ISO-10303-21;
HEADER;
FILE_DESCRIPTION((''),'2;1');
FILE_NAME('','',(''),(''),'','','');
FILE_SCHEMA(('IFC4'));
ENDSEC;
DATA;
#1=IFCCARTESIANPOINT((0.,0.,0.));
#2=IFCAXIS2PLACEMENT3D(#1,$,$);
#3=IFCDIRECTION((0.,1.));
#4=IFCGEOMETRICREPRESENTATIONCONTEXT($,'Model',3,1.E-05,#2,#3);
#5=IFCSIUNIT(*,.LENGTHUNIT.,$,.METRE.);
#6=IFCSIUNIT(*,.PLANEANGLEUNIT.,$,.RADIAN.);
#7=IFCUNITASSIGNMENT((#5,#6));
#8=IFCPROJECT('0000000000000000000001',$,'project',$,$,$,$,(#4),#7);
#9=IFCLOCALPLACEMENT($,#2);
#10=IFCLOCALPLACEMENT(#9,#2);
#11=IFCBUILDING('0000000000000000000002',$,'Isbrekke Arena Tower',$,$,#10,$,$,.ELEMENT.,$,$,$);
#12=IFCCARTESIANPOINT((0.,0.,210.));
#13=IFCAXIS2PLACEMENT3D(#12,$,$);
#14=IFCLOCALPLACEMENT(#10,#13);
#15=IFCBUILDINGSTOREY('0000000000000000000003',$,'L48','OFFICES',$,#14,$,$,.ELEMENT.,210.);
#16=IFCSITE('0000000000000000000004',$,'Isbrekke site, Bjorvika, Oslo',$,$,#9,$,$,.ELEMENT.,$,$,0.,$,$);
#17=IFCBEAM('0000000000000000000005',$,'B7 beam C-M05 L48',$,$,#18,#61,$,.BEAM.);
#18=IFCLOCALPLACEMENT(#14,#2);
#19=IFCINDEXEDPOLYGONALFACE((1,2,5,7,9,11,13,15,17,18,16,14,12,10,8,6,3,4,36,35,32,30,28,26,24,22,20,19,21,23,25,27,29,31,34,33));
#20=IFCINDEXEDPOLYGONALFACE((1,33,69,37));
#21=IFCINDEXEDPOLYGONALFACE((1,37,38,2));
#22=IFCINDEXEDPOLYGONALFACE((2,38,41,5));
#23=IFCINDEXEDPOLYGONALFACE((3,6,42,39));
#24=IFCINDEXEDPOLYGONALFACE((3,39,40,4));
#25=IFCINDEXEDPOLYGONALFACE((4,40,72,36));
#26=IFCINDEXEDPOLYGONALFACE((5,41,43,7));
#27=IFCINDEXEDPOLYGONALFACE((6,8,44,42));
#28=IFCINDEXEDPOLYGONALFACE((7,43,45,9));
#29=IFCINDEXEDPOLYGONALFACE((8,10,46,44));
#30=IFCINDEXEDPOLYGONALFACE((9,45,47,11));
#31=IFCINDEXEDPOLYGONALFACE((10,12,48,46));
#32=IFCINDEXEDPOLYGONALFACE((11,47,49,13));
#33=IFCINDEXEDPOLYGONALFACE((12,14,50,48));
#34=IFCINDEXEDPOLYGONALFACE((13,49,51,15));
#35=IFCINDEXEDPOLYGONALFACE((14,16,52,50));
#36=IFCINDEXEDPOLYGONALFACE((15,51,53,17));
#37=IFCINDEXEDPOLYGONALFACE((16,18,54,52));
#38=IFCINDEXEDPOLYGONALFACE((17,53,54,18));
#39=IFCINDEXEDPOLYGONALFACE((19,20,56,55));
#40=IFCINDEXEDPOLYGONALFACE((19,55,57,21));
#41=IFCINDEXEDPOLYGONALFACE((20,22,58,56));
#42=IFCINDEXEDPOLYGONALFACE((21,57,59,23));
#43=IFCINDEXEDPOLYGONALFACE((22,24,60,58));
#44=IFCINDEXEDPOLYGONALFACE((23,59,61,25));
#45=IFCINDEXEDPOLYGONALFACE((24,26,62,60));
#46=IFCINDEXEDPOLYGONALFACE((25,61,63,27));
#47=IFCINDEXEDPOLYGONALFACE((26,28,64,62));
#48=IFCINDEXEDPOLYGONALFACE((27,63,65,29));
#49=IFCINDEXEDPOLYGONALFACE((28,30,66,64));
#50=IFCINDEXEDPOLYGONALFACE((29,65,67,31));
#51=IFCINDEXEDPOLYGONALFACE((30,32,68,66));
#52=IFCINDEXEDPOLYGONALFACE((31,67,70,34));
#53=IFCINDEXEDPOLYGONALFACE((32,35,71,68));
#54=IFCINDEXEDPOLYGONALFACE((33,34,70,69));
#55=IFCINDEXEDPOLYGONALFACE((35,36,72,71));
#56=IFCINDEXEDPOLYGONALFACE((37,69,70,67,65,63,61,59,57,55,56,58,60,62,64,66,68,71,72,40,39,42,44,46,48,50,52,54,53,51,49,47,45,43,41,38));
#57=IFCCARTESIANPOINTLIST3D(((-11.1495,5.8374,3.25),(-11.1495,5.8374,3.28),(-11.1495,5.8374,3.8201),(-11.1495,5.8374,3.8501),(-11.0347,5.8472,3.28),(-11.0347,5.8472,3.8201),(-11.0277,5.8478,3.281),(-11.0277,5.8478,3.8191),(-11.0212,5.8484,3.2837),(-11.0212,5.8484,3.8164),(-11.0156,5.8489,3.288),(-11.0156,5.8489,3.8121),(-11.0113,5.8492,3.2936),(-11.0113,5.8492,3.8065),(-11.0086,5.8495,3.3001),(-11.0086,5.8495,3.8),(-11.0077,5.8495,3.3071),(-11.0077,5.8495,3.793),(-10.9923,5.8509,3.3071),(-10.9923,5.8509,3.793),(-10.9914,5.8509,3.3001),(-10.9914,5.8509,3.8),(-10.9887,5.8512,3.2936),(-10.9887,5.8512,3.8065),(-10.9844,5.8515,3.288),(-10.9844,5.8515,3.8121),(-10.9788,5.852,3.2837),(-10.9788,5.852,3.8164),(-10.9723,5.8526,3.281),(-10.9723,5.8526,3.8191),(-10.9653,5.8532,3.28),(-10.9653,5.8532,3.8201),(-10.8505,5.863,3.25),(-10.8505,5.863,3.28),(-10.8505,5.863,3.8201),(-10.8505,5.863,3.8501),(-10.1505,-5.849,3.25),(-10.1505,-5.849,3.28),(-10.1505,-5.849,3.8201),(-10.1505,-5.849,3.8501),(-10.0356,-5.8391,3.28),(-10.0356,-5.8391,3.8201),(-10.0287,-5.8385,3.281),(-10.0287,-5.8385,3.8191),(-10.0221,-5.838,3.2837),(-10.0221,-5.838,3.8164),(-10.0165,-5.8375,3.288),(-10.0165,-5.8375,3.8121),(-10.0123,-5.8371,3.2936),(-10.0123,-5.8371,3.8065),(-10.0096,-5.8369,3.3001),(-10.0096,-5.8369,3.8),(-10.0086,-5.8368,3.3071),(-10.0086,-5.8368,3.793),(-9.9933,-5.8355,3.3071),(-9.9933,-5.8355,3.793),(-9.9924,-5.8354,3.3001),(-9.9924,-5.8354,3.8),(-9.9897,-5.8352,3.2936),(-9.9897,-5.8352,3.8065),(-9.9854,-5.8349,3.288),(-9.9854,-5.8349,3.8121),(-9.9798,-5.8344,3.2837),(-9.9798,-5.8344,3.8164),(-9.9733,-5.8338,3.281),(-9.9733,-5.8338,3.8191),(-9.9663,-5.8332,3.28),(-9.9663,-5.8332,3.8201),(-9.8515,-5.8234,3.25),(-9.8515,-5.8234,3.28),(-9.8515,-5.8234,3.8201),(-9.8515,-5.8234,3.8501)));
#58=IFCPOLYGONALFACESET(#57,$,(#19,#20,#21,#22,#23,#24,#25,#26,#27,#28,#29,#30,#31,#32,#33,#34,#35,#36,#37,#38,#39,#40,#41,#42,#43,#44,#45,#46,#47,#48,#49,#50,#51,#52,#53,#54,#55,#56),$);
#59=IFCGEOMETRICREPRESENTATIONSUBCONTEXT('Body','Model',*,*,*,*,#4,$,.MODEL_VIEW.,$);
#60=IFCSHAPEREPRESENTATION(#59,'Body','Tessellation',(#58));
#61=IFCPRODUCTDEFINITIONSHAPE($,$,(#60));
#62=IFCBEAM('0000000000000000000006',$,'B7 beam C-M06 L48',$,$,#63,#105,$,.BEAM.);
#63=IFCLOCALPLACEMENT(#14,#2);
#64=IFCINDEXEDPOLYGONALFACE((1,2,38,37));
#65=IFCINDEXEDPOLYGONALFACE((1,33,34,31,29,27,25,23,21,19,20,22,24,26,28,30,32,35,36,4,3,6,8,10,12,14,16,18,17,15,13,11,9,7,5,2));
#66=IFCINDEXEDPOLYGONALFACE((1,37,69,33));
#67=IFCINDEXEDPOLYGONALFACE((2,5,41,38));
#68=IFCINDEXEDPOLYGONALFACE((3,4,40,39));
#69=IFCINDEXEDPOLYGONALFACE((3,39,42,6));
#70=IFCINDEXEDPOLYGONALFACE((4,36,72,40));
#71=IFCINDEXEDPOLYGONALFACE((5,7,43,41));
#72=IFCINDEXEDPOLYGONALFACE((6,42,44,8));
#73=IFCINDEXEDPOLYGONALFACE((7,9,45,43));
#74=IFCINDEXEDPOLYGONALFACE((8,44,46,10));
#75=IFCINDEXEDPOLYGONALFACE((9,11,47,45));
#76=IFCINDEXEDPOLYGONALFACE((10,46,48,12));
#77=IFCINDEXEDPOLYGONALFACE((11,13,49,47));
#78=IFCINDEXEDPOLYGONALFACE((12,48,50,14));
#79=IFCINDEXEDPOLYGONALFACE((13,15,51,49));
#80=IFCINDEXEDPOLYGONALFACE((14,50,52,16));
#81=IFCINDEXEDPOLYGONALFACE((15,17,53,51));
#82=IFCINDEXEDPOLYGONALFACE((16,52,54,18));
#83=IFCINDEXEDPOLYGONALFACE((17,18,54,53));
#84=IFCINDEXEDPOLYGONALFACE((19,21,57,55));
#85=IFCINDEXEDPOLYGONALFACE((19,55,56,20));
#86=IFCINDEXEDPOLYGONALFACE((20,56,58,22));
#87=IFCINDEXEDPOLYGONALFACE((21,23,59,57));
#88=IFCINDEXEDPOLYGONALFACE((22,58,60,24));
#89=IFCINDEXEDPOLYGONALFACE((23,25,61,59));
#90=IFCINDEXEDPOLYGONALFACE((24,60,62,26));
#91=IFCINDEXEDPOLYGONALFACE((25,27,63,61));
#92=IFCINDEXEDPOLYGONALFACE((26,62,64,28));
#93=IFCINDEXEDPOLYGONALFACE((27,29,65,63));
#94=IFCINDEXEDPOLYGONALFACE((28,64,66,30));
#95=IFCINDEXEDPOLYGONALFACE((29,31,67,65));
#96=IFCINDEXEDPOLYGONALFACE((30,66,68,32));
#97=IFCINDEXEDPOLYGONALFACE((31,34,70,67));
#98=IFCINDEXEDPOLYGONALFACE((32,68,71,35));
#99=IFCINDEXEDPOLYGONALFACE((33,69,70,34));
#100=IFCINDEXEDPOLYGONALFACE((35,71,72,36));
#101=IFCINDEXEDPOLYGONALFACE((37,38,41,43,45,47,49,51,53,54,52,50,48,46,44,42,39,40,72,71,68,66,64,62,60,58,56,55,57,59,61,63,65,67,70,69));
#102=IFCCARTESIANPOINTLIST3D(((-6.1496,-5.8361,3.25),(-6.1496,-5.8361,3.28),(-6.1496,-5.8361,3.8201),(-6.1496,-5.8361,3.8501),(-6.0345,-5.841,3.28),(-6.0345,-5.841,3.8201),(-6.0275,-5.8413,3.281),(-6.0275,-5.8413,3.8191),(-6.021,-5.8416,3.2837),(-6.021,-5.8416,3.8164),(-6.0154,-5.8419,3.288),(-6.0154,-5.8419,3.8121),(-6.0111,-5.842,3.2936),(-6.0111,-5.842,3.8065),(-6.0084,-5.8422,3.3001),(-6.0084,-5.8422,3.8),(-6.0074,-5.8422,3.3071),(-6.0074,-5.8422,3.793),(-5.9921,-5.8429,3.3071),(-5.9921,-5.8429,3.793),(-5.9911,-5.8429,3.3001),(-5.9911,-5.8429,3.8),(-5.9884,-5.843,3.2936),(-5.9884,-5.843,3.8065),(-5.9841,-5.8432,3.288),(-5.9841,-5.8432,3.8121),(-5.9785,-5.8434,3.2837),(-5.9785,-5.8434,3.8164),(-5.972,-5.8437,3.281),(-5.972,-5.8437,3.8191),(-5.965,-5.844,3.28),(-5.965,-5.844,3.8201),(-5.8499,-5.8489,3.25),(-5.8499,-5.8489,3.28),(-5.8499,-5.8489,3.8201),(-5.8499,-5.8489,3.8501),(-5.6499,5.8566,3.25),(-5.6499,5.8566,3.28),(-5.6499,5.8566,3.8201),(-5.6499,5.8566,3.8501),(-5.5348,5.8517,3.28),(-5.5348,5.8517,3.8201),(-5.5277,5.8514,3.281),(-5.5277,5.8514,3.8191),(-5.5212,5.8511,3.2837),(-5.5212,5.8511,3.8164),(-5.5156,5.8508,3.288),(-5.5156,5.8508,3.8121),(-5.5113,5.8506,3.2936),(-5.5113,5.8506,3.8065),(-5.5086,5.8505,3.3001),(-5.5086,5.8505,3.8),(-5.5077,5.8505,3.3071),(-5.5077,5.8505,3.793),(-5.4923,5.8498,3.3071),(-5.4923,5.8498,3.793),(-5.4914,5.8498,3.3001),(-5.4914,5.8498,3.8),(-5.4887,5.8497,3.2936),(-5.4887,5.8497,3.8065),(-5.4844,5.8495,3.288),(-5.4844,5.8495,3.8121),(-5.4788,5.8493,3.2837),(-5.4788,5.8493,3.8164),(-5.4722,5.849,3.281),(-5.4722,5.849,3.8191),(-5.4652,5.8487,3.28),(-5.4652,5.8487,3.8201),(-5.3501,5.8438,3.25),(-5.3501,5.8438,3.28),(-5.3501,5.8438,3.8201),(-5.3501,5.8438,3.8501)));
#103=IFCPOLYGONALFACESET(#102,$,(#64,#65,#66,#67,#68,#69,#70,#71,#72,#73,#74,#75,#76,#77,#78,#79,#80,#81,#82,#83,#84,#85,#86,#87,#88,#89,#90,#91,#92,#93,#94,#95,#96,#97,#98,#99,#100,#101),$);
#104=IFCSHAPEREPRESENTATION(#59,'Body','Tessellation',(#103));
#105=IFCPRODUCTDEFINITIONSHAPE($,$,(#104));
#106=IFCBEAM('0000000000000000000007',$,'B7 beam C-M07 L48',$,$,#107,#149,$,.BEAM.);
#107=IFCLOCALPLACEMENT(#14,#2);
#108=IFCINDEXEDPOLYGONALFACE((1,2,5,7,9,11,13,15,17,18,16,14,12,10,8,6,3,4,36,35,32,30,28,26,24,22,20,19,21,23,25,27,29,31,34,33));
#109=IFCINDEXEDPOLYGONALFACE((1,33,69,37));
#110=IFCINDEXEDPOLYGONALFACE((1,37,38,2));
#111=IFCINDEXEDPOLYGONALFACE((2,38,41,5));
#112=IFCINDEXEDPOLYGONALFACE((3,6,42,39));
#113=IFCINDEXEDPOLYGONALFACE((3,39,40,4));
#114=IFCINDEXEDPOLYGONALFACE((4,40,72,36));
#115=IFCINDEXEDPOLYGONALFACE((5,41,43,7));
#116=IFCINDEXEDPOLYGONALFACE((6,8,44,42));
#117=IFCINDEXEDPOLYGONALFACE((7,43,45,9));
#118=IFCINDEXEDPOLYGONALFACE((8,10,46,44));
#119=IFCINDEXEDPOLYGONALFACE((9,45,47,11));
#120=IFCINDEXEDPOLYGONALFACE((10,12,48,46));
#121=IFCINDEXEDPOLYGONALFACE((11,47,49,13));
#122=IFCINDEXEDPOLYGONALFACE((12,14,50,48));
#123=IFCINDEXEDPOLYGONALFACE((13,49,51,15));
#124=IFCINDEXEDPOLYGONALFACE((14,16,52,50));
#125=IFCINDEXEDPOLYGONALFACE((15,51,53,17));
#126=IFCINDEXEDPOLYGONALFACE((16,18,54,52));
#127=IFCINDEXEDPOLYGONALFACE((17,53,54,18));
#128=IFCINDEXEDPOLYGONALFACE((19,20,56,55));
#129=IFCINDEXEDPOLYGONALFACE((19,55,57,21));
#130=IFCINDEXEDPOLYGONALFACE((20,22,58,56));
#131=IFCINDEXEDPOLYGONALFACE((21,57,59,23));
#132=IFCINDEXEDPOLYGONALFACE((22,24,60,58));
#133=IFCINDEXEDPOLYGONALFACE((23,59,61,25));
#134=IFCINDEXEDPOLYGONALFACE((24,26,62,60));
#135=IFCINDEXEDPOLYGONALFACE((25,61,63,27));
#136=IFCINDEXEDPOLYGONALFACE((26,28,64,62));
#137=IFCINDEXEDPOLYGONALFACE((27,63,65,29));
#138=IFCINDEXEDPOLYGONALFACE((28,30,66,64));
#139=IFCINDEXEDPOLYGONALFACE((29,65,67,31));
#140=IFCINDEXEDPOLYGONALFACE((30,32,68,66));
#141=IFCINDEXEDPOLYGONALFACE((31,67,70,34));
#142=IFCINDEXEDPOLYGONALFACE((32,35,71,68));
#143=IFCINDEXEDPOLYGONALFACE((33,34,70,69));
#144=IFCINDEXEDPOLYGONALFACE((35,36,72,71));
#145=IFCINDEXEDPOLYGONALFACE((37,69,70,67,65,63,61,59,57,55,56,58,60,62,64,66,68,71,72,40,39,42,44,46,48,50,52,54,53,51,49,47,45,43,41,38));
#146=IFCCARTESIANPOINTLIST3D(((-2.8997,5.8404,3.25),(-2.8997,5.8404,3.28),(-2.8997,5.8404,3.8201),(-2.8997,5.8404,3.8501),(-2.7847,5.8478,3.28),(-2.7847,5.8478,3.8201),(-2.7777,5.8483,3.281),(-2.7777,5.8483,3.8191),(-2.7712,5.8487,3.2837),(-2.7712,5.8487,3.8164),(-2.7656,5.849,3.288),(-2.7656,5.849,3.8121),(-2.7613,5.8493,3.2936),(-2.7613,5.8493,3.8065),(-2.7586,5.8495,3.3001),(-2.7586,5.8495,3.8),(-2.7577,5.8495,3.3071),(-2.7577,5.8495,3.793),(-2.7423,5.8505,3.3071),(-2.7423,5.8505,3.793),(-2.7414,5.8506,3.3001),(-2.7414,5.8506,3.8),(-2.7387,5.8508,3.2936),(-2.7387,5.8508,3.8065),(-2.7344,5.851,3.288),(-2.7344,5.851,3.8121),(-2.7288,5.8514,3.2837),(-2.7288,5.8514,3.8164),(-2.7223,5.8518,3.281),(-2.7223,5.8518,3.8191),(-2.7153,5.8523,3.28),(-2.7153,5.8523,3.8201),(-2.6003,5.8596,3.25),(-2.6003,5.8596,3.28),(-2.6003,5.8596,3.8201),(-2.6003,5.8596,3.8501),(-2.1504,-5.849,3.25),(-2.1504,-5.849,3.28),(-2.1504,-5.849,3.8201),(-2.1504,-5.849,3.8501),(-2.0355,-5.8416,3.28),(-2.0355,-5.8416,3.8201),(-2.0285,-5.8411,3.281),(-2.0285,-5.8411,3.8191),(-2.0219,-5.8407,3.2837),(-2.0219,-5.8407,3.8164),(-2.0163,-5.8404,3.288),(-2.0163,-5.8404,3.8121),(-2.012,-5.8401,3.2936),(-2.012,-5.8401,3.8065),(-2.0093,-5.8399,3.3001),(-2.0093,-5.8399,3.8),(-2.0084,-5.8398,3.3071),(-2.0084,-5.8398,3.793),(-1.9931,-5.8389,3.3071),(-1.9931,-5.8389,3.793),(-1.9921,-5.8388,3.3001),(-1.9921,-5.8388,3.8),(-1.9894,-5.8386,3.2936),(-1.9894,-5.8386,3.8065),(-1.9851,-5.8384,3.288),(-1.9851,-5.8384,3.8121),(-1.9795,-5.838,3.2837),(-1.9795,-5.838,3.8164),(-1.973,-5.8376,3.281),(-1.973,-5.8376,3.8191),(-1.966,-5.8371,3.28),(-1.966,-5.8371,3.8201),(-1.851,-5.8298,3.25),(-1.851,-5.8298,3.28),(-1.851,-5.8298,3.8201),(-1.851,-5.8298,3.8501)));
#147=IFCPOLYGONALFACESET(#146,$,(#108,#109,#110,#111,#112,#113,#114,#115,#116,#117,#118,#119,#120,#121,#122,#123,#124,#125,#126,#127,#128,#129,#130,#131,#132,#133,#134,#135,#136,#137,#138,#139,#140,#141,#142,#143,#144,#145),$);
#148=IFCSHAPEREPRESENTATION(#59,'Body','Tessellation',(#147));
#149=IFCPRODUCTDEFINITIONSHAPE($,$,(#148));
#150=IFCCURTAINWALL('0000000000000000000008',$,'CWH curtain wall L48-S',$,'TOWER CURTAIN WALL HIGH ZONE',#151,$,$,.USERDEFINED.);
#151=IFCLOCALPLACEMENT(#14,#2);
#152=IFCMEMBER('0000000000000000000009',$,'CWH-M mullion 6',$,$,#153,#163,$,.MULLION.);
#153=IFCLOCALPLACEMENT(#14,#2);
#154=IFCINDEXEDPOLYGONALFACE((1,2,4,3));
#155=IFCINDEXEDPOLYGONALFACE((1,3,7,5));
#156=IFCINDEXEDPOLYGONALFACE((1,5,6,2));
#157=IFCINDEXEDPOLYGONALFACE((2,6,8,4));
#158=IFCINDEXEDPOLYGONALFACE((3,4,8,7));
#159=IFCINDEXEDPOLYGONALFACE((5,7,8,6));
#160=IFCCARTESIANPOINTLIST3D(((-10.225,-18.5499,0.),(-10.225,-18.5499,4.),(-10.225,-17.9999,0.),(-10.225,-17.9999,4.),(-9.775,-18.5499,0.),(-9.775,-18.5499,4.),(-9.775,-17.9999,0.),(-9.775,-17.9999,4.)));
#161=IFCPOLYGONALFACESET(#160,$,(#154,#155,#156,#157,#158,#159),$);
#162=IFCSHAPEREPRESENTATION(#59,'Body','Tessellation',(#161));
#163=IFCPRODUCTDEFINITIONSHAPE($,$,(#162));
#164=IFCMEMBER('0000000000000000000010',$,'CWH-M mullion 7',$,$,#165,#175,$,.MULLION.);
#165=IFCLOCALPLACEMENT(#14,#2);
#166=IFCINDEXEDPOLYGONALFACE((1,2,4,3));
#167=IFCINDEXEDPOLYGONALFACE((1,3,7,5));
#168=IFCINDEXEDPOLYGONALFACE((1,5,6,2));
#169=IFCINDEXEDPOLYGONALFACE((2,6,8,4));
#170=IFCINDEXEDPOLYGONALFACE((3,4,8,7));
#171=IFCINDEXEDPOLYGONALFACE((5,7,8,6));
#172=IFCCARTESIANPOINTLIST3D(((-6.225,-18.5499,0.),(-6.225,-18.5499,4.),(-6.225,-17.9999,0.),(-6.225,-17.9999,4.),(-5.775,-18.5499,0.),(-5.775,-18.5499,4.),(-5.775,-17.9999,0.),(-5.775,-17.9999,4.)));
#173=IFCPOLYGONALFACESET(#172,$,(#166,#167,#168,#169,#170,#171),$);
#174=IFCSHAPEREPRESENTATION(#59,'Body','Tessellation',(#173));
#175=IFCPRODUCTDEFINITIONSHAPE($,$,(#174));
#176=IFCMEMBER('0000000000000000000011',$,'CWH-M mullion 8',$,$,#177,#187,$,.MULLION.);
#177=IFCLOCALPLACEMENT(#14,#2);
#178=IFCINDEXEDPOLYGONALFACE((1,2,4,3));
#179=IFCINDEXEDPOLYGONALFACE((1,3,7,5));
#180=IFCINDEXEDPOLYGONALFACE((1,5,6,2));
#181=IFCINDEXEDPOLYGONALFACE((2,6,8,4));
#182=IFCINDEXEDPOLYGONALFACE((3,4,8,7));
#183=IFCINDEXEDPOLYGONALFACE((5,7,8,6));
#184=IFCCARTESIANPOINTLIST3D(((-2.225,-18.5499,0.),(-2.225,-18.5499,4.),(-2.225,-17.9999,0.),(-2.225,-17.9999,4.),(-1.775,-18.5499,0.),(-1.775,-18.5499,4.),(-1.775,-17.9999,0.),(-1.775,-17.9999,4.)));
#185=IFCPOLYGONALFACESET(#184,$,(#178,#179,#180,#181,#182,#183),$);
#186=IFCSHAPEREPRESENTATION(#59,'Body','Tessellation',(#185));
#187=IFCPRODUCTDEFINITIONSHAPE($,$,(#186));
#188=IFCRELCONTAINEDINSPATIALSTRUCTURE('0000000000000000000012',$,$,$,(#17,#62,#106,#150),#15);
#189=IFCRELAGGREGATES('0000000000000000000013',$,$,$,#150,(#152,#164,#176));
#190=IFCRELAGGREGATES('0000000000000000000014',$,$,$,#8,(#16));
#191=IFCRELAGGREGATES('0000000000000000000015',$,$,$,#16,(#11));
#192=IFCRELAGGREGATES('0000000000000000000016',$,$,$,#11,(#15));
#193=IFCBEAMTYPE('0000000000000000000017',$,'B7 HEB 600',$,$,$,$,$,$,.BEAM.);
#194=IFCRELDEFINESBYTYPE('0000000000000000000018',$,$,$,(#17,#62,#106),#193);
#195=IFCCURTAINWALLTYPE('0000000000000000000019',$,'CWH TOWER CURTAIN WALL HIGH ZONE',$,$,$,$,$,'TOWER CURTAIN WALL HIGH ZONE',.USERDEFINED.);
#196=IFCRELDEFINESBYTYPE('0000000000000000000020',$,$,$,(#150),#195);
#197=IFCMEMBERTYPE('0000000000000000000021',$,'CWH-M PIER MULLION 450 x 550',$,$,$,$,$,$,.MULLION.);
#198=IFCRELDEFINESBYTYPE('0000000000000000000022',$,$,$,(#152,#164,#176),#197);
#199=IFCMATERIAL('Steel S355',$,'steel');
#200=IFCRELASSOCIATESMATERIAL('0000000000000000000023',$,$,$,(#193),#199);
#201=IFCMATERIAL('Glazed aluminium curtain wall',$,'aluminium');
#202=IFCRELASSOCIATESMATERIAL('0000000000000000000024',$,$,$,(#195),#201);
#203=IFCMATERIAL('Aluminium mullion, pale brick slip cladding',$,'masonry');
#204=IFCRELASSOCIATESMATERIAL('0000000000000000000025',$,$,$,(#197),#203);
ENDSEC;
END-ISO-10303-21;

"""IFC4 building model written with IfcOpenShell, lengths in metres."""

from ifc_helpers import new_model, si_unit, direction, frame, origin, origin_2d, place, context, subcontext, project, spatial, rectangle, i_section, extrude, material, material_profile, profile_set, type_object, element, aggregate, save


model = new_model("IFC4")

# Units and contexts
model_context = context("Model", 3, precision=1e-05, world=origin(), true_north=direction((0.0, 1.0)))
body_context = subcontext(model_context, "Body", "Model", "MODEL_VIEW")
ifc_project = project(units=[si_unit("LENGTHUNIT", "METRE"), si_unit("PLANEANGLEUNIT", "RADIAN")], contexts=[model_context])

# Site, building, storey
site_placement = place(None, origin())
site = spatial("IfcSite", under=ifc_project, at=site_placement, Name="Isbrekke site, Bjorvika, Oslo", CompositionType="ELEMENT", RefElevation=0.0)
building_placement = place(site_placement, origin())
building = spatial("IfcBuilding", under=site, at=building_placement, Name="Isbrekke Arena Tower", CompositionType="ELEMENT")
storey_placement = place(building_placement, frame((0.0, 0.0, 210.0)))
storey = spatial("IfcBuildingStorey", under=building, at=storey_placement, Name="L48", Description="OFFICES", CompositionType="ELEMENT", Elevation=210.0)

# Beams
ifc_material_1 = material(Name="Steel S355", Category="steel")
ifc_material_profile_1 = material_profile(ifc_material_1, i_section(OverallWidth=0.3, OverallDepth=0.6001, WebThickness=0.0154, FlangeThickness=0.03, FilletRadius=0.0271, at=origin_2d()), Name="HEB 600")
ifc_profile_set_1 = profile_set([ifc_material_profile_1], Name="Steel S355")
beam_type_1 = type_object("IfcBeamType", Name="B7 HEB 600", PredefinedType="BEAM", material=ifc_profile_set_1)
beam_1_placement = place(storey_placement, frame((-10.001, -5.8362, 3.55), z_axis=(-0.085176, 0.996366, 0.0), x_axis=(-0.996366, -0.085176, 0.0)))
element("IfcBeam", 1, at=beam_1_placement, inside=storey, type_object=beam_type_1, Name="B7 beam C-M05 L48", PredefinedType="BEAM", context=body_context, shape_type="SweptSolid", body=[
    extrude(i_section(OverallWidth=0.3, OverallDepth=0.6001, WebThickness=0.0154, FlangeThickness=0.03, FilletRadius=0.0271, at=origin_2d()), origin(), (0.0, 0.0, 1.0), 11.729),
])
beam_2_placement = place(storey_placement, frame((-5.9998, -5.8425, 3.55), z_axis=(0.042702, 0.999088, 0.0), x_axis=(-0.999088, 0.042702, 0.0)))
element("IfcBeam", 2, at=beam_2_placement, inside=storey, type_object=beam_type_1, Name="B7 beam C-M06 L48", PredefinedType="BEAM", context=body_context, shape_type="SweptSolid", body=[
    extrude(i_section(OverallWidth=0.3, OverallDepth=0.6001, WebThickness=0.0154, FlangeThickness=0.03, FilletRadius=0.0271, at=origin_2d()), origin(), (0.0, 0.0, 1.0), 11.7034),
])
beam_3_placement = place(storey_placement, frame((-2.0007, -5.8394, 3.55), z_axis=(-0.063966, 0.997952, 0.0), x_axis=(-0.997952, -0.063966, 0.0)))
element("IfcBeam", 3, at=beam_3_placement, inside=storey, type_object=beam_type_1, Name="B7 beam C-M07 L48", PredefinedType="BEAM", context=body_context, shape_type="SweptSolid", body=[
    extrude(i_section(OverallWidth=0.3, OverallDepth=0.6001, WebThickness=0.0154, FlangeThickness=0.03, FilletRadius=0.0271, at=origin_2d()), origin(), (0.0, 0.0, 1.0), 11.7134),
])

# Curtain wall, members
ifc_material_2 = material(Name="Glazed aluminium curtain wall", Category="aluminium")
curtain_wall_type = type_object("IfcCurtainWallType", Name="CWH TOWER CURTAIN WALL HIGH ZONE", ElementType="TOWER CURTAIN WALL HIGH ZONE", PredefinedType="USERDEFINED", material=ifc_material_2)
curtain_wall_placement = place(storey_placement, origin())
curtain_wall = element("IfcCurtainWall", 4, at=curtain_wall_placement, inside=storey, type_object=curtain_wall_type, Name="CWH curtain wall L48-S", ObjectType="TOWER CURTAIN WALL HIGH ZONE", PredefinedType="USERDEFINED")
ifc_material_3 = material(Name="Aluminium mullion, pale brick slip cladding", Category="masonry")
ifc_material_profile_2 = material_profile(ifc_material_3, rectangle(XDim=0.45, YDim=0.55, at=origin_2d()), Name="PIER 450X550")
ifc_profile_set_2 = profile_set([ifc_material_profile_2], Name="Aluminium mullion, pale brick slip cladding")
member_type_1 = type_object("IfcMemberType", Name="CWH-M PIER MULLION 450 x 550", PredefinedType="MULLION", material=ifc_profile_set_2)
member_1_placement = place(storey_placement, frame((-10.0, -18.2749, 0.0), z_axis=(0.0, 0.0, 1.0), x_axis=(1.0, 0.0, 0.0)))
member_1 = element("IfcMember", 5, at=member_1_placement, type_object=member_type_1, Name="CWH-M mullion 6", PredefinedType="MULLION", context=body_context, shape_type="SweptSolid", body=[
    extrude(rectangle(XDim=0.45, YDim=0.55, at=origin_2d()), origin(), (0.0, 0.0, 1.0), 4.0),
])
member_2_placement = place(storey_placement, frame((-6.0, -18.2749, 0.0), z_axis=(0.0, 0.0, 1.0), x_axis=(1.0, 0.0, 0.0)))
member_2 = element("IfcMember", 6, at=member_2_placement, type_object=member_type_1, Name="CWH-M mullion 7", PredefinedType="MULLION", context=body_context, shape_type="SweptSolid", body=[
    extrude(rectangle(XDim=0.45, YDim=0.55, at=origin_2d()), origin(), (0.0, 0.0, 1.0), 4.0),
])
member_3_placement = place(storey_placement, frame((-2.0, -18.2749, 0.0), z_axis=(0.0, 0.0, 1.0), x_axis=(1.0, 0.0, 0.0)))
member_3 = element("IfcMember", 7, at=member_3_placement, type_object=member_type_1, Name="CWH-M mullion 8", PredefinedType="MULLION", context=body_context, shape_type="SweptSolid", body=[
    extrude(rectangle(XDim=0.45, YDim=0.55, at=origin_2d()), origin(), (0.0, 0.0, 1.0), 4.0),
])

aggregate(curtain_wall, [member_1, member_2, member_3])

save(model, "model.ifc")
